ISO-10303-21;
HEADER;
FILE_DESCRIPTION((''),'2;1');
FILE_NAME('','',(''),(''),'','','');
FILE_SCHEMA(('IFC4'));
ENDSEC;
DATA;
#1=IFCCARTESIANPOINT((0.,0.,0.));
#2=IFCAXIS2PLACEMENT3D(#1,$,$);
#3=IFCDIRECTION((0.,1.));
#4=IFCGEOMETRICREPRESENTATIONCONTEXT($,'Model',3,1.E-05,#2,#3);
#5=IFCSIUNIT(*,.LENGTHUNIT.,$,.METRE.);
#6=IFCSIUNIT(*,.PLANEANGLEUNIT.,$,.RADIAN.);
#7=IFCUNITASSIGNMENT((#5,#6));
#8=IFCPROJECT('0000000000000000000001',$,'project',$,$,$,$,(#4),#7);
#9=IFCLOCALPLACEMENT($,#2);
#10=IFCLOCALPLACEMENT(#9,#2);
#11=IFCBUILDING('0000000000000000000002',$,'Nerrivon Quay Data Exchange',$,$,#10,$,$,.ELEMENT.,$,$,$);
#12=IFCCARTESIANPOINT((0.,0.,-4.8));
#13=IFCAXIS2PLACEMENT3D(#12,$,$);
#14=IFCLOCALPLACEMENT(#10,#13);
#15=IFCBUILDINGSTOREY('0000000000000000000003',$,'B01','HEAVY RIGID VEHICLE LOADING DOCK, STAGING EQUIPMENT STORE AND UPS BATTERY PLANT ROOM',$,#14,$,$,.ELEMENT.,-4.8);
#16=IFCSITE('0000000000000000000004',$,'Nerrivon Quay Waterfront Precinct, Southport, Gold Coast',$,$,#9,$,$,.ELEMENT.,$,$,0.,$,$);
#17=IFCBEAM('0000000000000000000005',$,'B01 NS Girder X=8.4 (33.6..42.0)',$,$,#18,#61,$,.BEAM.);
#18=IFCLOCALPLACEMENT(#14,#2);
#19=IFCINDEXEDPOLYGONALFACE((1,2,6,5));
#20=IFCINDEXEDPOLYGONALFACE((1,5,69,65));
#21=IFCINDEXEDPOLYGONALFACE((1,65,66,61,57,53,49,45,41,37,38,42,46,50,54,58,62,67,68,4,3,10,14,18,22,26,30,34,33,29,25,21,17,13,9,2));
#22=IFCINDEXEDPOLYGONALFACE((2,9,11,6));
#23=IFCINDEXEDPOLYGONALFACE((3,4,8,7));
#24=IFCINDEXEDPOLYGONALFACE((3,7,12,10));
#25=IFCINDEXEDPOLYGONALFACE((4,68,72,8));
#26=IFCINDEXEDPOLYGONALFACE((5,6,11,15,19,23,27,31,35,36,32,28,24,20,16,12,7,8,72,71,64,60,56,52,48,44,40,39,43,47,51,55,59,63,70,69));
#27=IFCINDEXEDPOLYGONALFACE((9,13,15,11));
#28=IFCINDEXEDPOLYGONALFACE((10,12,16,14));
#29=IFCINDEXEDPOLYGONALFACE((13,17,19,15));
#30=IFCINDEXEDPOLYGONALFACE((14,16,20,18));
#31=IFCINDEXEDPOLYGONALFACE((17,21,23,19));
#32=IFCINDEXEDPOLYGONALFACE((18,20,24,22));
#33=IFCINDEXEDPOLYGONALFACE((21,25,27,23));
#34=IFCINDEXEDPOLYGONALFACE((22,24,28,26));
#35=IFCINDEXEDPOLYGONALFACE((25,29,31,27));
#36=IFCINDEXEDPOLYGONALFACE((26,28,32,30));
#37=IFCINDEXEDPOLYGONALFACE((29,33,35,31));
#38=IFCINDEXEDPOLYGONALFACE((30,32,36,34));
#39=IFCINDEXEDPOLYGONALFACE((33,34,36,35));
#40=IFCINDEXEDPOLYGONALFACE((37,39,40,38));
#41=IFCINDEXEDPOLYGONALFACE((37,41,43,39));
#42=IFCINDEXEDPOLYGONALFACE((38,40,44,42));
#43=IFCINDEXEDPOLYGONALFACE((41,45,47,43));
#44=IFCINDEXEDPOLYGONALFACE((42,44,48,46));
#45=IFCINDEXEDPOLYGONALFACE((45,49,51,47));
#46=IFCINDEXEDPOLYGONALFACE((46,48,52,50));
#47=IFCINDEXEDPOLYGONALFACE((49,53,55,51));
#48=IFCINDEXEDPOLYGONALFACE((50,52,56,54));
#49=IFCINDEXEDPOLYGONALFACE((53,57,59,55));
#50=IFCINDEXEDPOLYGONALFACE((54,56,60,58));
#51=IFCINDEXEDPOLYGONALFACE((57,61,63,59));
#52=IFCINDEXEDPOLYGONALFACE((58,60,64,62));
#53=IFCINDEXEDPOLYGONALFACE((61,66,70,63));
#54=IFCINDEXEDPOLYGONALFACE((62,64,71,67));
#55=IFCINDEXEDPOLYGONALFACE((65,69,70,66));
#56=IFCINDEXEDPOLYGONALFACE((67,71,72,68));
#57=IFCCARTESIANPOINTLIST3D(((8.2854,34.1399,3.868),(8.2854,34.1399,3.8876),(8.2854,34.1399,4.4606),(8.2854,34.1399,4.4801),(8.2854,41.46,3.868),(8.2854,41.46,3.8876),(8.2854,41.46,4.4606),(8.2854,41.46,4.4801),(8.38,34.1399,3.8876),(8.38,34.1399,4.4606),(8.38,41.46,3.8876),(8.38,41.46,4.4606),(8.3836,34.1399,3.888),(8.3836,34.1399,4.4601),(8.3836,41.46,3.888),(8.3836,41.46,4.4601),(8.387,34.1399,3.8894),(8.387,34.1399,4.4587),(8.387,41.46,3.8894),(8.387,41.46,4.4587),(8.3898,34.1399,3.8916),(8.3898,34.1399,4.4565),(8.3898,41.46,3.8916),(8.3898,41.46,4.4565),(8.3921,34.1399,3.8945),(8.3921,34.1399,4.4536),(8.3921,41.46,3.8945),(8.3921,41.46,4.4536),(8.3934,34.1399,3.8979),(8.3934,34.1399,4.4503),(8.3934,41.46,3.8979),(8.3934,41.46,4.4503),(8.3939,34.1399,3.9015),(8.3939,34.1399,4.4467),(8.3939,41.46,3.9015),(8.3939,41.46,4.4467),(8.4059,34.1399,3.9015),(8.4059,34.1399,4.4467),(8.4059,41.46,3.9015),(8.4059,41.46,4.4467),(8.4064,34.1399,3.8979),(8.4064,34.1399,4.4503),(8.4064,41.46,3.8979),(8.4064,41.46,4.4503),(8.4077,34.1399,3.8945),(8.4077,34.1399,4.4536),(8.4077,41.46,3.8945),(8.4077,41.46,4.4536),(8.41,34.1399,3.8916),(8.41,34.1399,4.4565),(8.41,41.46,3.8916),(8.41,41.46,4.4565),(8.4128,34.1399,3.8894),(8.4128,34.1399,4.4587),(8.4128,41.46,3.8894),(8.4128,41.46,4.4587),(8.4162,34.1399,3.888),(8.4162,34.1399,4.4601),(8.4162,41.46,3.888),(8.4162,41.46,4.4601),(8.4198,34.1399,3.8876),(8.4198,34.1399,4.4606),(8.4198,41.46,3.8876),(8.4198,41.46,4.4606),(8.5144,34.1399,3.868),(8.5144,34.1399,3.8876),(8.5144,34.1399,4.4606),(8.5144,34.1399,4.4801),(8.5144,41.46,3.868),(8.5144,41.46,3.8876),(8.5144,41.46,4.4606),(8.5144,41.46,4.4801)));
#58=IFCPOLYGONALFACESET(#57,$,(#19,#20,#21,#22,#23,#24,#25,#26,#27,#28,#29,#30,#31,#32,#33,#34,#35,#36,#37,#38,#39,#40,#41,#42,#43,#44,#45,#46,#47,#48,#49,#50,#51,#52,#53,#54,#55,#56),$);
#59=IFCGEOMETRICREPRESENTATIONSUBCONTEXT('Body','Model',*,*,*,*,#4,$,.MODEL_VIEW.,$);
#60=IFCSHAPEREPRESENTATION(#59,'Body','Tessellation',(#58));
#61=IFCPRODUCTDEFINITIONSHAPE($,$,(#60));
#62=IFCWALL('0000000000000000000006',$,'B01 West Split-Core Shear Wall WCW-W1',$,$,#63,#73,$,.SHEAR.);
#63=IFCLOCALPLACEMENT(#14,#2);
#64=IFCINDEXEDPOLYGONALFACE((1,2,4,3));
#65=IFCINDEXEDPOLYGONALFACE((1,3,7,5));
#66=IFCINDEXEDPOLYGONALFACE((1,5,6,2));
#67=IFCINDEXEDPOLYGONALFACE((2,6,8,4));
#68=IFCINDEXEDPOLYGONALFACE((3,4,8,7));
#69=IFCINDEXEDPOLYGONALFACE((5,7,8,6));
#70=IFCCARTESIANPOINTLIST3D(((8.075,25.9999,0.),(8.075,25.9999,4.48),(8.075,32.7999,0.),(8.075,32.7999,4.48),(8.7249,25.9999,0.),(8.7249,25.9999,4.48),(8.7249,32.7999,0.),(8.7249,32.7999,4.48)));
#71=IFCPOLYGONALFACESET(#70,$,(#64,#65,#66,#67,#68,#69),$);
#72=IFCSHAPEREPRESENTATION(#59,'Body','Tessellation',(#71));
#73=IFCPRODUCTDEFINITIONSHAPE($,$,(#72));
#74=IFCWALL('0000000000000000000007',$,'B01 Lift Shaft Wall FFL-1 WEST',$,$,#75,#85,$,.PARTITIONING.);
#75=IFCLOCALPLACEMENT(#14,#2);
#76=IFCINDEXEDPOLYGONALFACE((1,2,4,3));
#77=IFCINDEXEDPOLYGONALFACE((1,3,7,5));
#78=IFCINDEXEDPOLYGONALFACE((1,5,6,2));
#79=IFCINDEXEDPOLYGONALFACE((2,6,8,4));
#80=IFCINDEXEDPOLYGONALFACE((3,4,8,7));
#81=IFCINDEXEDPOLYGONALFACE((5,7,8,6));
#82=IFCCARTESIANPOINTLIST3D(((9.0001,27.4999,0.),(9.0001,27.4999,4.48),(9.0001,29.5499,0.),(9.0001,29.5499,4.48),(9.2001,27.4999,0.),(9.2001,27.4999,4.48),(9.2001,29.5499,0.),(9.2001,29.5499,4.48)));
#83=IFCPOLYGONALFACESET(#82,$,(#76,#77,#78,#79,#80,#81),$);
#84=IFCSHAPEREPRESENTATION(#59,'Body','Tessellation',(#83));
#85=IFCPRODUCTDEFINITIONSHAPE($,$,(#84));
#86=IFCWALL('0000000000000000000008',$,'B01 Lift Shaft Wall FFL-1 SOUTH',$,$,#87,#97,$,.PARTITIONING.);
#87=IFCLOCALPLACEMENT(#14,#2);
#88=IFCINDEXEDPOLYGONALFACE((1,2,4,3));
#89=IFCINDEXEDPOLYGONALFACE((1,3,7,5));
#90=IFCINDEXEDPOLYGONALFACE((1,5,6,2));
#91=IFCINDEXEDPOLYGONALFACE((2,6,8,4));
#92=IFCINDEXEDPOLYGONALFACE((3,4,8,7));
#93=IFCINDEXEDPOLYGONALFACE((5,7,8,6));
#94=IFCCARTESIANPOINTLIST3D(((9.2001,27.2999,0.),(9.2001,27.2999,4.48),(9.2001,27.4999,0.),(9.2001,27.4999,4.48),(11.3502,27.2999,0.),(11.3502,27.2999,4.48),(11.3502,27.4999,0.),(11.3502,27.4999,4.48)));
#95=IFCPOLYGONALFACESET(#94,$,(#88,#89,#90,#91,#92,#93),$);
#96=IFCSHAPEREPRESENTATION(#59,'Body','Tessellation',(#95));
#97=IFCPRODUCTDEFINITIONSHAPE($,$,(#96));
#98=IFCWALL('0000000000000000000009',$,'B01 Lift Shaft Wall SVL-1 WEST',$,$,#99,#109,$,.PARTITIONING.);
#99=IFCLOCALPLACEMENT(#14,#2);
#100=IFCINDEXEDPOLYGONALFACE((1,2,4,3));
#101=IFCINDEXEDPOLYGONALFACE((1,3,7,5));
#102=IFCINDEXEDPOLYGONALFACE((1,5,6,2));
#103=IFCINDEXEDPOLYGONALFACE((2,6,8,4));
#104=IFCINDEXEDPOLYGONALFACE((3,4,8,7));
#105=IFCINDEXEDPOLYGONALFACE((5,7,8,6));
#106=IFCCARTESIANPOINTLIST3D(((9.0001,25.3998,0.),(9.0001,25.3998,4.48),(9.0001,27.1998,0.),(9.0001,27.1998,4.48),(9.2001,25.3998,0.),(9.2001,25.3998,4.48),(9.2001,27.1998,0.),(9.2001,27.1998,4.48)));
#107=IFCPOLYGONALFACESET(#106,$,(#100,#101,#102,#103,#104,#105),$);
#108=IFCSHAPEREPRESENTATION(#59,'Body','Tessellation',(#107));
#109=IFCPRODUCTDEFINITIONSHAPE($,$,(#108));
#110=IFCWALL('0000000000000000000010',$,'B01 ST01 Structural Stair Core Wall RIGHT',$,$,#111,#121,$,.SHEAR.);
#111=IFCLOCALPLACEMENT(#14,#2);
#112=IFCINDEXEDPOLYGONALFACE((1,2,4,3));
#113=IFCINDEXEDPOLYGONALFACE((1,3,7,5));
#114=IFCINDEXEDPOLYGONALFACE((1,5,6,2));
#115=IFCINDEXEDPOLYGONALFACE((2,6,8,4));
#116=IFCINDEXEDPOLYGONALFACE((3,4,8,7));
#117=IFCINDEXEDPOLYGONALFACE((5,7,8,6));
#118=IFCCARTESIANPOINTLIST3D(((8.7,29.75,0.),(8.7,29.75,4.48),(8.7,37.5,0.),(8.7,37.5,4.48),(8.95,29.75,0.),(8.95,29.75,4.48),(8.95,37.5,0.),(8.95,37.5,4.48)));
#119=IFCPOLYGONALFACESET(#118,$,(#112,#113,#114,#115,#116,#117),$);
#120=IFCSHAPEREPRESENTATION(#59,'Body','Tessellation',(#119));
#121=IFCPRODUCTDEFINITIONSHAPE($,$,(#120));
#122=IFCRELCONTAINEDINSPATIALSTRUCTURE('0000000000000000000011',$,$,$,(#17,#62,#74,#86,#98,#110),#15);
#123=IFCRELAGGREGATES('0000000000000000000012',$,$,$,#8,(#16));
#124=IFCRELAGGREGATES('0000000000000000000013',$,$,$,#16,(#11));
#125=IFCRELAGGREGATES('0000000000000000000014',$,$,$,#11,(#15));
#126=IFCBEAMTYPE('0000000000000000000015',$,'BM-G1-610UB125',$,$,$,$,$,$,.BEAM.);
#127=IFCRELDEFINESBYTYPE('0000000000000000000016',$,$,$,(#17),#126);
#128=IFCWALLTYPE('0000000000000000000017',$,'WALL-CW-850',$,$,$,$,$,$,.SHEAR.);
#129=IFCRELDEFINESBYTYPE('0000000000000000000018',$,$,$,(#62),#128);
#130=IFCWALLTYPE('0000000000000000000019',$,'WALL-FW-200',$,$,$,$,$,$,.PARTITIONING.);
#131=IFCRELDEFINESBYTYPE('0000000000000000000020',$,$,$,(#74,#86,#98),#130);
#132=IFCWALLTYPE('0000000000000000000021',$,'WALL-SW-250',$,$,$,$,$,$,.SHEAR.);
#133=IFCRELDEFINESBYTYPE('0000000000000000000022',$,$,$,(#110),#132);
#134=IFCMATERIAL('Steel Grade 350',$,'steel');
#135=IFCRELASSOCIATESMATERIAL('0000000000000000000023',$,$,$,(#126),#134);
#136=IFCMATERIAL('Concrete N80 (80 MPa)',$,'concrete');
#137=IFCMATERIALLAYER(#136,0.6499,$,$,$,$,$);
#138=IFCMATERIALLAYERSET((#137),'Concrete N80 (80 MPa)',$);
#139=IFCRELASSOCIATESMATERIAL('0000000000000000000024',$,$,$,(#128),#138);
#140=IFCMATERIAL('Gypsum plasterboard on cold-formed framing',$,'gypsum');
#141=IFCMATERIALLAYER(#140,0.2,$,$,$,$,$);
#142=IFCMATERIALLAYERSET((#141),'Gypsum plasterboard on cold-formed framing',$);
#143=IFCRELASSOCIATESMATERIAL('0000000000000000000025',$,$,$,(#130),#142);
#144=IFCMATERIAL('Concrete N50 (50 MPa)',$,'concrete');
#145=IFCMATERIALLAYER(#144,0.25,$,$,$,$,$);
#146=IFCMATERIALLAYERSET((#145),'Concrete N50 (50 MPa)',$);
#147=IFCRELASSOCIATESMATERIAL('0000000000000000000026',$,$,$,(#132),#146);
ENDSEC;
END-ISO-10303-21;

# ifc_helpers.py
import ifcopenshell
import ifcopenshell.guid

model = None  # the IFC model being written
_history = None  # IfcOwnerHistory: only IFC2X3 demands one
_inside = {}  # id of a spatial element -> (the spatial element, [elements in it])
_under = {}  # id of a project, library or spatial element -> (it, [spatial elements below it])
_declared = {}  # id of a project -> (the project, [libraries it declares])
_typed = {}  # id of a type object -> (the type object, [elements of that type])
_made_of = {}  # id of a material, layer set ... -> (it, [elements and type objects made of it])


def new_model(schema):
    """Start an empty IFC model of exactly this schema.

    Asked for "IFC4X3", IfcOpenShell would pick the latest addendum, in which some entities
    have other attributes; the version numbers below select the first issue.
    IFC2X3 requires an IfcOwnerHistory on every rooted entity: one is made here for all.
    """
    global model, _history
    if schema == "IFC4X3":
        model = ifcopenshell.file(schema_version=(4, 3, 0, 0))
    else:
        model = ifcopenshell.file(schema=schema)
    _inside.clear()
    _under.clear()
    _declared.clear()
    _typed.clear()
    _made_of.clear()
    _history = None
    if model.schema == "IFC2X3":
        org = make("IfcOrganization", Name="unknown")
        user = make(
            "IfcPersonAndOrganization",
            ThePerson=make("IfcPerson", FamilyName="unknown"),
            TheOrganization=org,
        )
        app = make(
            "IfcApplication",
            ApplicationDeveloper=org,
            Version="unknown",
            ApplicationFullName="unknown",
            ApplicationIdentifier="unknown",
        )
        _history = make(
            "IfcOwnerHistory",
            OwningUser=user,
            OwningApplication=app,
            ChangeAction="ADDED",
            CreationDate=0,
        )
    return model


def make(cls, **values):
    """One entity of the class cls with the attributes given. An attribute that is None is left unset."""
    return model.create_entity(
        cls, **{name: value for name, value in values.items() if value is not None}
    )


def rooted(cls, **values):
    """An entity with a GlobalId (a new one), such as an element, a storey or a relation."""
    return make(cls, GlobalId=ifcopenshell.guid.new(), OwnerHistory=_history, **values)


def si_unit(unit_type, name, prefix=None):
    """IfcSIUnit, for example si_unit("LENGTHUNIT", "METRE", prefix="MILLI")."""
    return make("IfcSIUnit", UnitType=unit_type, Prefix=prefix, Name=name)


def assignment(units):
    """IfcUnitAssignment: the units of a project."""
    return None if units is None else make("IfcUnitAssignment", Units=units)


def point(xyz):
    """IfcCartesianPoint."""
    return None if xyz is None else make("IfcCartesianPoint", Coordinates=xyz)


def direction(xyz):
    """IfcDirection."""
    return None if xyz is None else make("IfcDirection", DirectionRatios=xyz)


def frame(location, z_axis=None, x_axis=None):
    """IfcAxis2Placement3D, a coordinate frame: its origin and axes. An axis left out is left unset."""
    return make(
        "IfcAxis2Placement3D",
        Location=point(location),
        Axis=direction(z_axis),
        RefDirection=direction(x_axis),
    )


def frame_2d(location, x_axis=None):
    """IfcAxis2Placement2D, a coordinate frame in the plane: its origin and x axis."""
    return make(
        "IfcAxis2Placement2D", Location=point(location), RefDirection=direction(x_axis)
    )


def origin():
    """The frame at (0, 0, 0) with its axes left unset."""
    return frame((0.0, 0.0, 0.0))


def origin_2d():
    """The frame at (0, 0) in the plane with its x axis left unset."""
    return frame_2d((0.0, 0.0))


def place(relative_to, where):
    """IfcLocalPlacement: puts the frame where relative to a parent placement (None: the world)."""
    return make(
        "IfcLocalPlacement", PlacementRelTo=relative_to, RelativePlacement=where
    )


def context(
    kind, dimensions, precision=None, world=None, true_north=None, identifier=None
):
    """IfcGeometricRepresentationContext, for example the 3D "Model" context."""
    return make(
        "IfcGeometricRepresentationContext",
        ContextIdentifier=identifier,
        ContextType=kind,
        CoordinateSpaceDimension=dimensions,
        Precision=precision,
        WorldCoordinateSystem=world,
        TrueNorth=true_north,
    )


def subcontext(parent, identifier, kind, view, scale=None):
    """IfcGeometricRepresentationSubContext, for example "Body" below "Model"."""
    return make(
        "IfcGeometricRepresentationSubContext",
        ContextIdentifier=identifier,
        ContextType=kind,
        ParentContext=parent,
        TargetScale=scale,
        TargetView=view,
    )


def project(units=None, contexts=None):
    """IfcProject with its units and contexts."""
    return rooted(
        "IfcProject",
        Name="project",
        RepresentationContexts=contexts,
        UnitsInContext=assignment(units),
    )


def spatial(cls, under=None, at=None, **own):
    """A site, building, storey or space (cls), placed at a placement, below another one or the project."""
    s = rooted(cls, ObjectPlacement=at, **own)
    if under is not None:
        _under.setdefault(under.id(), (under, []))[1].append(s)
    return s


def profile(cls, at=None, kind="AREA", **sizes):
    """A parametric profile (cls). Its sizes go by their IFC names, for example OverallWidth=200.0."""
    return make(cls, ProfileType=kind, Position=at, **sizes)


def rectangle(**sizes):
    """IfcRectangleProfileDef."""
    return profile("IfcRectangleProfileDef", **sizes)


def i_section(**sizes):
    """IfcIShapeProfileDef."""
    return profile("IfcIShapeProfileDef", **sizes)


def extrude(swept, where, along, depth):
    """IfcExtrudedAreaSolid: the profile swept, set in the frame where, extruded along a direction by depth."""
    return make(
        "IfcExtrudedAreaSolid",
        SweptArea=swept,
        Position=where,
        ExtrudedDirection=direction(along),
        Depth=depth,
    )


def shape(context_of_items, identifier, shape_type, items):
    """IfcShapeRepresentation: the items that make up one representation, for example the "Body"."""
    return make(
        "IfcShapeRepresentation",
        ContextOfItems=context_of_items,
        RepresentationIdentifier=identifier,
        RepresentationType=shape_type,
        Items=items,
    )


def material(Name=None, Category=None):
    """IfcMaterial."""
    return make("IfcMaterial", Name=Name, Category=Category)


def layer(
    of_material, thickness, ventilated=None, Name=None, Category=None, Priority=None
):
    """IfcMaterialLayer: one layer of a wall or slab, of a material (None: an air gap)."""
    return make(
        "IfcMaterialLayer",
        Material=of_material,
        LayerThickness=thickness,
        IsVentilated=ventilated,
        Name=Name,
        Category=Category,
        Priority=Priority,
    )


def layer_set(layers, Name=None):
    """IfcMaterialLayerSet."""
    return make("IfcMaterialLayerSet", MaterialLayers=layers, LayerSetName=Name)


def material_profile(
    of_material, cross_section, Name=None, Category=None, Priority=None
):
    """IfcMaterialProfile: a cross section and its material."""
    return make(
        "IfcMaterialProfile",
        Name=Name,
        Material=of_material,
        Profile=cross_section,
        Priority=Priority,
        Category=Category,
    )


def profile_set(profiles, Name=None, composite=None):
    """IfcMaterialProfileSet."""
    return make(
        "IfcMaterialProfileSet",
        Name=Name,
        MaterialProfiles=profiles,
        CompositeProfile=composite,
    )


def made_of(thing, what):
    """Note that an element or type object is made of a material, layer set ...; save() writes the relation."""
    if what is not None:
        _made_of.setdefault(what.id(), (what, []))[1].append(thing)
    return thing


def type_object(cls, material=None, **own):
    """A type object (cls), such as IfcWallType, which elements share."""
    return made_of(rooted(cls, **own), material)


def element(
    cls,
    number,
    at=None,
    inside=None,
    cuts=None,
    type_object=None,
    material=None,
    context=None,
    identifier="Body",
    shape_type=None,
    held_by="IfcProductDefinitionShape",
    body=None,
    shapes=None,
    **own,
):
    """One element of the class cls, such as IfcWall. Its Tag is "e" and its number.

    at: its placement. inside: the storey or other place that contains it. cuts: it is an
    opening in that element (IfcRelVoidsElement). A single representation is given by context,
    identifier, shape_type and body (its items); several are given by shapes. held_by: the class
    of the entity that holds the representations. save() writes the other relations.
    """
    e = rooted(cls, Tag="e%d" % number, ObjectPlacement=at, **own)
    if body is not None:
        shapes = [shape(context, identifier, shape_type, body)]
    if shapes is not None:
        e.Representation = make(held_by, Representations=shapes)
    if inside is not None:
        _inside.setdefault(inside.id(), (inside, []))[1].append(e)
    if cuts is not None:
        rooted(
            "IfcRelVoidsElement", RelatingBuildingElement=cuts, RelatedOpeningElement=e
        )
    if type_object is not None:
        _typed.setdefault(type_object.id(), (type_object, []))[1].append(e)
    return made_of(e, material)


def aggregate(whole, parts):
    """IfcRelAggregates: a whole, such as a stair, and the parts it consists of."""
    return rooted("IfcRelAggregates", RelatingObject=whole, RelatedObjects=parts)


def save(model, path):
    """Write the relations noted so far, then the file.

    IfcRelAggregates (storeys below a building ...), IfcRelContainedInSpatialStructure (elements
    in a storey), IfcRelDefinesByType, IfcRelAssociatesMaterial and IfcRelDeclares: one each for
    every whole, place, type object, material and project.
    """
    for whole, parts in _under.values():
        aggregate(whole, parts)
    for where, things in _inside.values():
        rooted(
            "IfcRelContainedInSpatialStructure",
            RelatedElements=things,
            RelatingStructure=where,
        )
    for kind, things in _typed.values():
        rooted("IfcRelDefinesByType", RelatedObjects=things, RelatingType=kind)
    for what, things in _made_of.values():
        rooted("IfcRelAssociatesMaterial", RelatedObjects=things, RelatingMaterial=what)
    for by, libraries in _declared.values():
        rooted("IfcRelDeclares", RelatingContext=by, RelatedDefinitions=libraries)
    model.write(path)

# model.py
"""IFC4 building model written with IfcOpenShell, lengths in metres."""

from ifc_helpers import new_model, si_unit, direction, frame, frame_2d, origin, origin_2d, place, context, subcontext, project, spatial, rectangle, i_section, extrude, material, layer, layer_set, material_profile, profile_set, type_object, element, save


model = new_model("IFC4")

# Units and contexts
model_context = context("Model", 3, precision=1e-05, world=origin(), true_north=direction((0.0, 1.0)))
body_context = subcontext(model_context, "Body", "Model", "MODEL_VIEW")
ifc_project = project(units=[si_unit("LENGTHUNIT", "METRE"), si_unit("PLANEANGLEUNIT", "RADIAN")], contexts=[model_context])

# Site, building, storey
site_placement = place(None, origin())
site = spatial("IfcSite", under=ifc_project, at=site_placement, Name="Nerrivon Quay Waterfront Precinct, Southport, Gold Coast", CompositionType="ELEMENT", RefElevation=0.0)
building_placement = place(site_placement, origin())
building = spatial("IfcBuilding", under=site, at=building_placement, Name="Nerrivon Quay Data Exchange", CompositionType="ELEMENT")
storey_placement = place(building_placement, frame((0.0, 0.0, -4.8)))
storey = spatial("IfcBuildingStorey", under=building, at=storey_placement, Name="B01", Description="HEAVY RIGID VEHICLE LOADING DOCK, STAGING EQUIPMENT STORE AND UPS BATTERY PLANT ROOM", CompositionType="ELEMENT", Elevation=-4.8)

# Shared definitions
ifc_material_1 = material(Name="Concrete N80 (80 MPa)", Category="concrete")

# Beam
ifc_material_2 = material(Name="Steel Grade 350", Category="steel")
ifc_material_profile_1 = material_profile(ifc_material_2, i_section(OverallWidth=0.229, OverallDepth=0.6121, WebThickness=0.012, FlangeThickness=0.0195, FilletRadius=0.0139, at=origin_2d()), Name="610UB125")
ifc_profile_set_1 = profile_set([ifc_material_profile_1], Name="Steel Grade 350")
beam_type = type_object("IfcBeamType", Name="BM-G1-610UB125", PredefinedType="BEAM", material=ifc_profile_set_1)
for number, where, z_axis, x_axis, name in (
    (1, (8.3999, 34.1399, 4.1741), (0.0, 1.0, 0.0), (-1.0, 0.0, 0.0), "B01 NS Girder X=8.4 (33.6..42.0)"),
):
    element("IfcBeam", number, at=place(storey_placement, frame(where, z_axis=z_axis, x_axis=x_axis)), inside=storey, type_object=beam_type, Name=name, PredefinedType="BEAM", context=body_context, shape_type="SweptSolid", body=[
        extrude(i_section(OverallWidth=0.229, OverallDepth=0.6121, WebThickness=0.012, FlangeThickness=0.0195, FilletRadius=0.0139, at=origin_2d()), origin(), (0.0, 0.0, 1.0), 7.3201),
    ])

# Wall
ifc_layer_1 = layer(ifc_material_1, 0.6499)
ifc_layer_set_1 = layer_set([ifc_layer_1], Name="Concrete N80 (80 MPa)")
wall_type_1 = type_object("IfcWallType", Name="WALL-CW-850", PredefinedType="SHEAR", material=ifc_layer_set_1)
wall_1_placement = place(storey_placement, frame((8.3999, 26.0, 0.0), z_axis=(0.0, 0.0, 1.0), x_axis=(0.0, 1.0, 0.0)))
element("IfcWall", 2, at=wall_1_placement, inside=storey, type_object=wall_type_1, Name="B01 West Split-Core Shear Wall WCW-W1", PredefinedType="SHEAR", context=body_context, shape_type="SweptSolid", body=[
    extrude(rectangle(XDim=6.8, YDim=0.6499, at=frame_2d((3.3999, 0.0))), origin(), (0.0, 0.0, 1.0), 4.48),
])

# Walls
ifc_material_3 = material(Name="Gypsum plasterboard on cold-formed framing", Category="gypsum")
ifc_layer_2 = layer(ifc_material_3, 0.2)
ifc_layer_set_2 = layer_set([ifc_layer_2], Name="Gypsum plasterboard on cold-formed framing")
wall_type_2 = type_object("IfcWallType", Name="WALL-FW-200", PredefinedType="PARTITIONING", material=ifc_layer_set_2)
wall_2_placement = place(storey_placement, frame((9.1001, 27.5, 0.0), z_axis=(0.0, 0.0, 1.0), x_axis=(0.0, 1.0, 0.0)))
element("IfcWall", 3, at=wall_2_placement, inside=storey, type_object=wall_type_2, Name="B01 Lift Shaft Wall FFL-1 WEST", PredefinedType="PARTITIONING", context=body_context, shape_type="SweptSolid", body=[
    extrude(rectangle(XDim=2.05, YDim=0.2, at=frame_2d((1.0249, 0.0))), origin(), (0.0, 0.0, 1.0), 4.48),
])
wall_3_placement = place(storey_placement, frame((9.2, 27.3999, 0.0), z_axis=(0.0, 0.0, 1.0), x_axis=(1.0, 0.0, 0.0)))
element("IfcWall", 4, at=wall_3_placement, inside=storey, type_object=wall_type_2, Name="B01 Lift Shaft Wall FFL-1 SOUTH", PredefinedType="PARTITIONING", context=body_context, shape_type="SweptSolid", body=[
    extrude(rectangle(XDim=2.1501, YDim=0.2, at=frame_2d((1.0752, 0.0))), origin(), (0.0, 0.0, 1.0), 4.48),
])
wall_4_placement = place(storey_placement, frame((9.1001, 25.3999, 0.0), z_axis=(0.0, 0.0, 1.0), x_axis=(0.0, 1.0, 0.0)))
element("IfcWall", 5, at=wall_4_placement, inside=storey, type_object=wall_type_2, Name="B01 Lift Shaft Wall SVL-1 WEST", PredefinedType="PARTITIONING", context=body_context, shape_type="SweptSolid", body=[
    extrude(rectangle(XDim=1.8, YDim=0.2, at=frame_2d((0.8999, 0.0))), origin(), (0.0, 0.0, 1.0), 4.48),
])
ifc_material_4 = material(Name="Concrete N50 (50 MPa)", Category="concrete")
ifc_layer_3 = layer(ifc_material_4, 0.25)
ifc_layer_set_3 = layer_set([ifc_layer_3], Name="Concrete N50 (50 MPa)")
wall_type_3 = type_object("IfcWallType", Name="WALL-SW-250", PredefinedType="SHEAR", material=ifc_layer_set_3)
wall_5_placement = place(storey_placement, frame((8.825, 29.75, 0.0), z_axis=(0.0, 0.0, 1.0), x_axis=(0.0, 1.0, 0.0)))
element("IfcWall", 6, at=wall_5_placement, inside=storey, type_object=wall_type_3, Name="B01 ST01 Structural Stair Core Wall RIGHT", PredefinedType="SHEAR", context=body_context, shape_type="SweptSolid", body=[
    extrude(rectangle(XDim=7.75, YDim=0.25, at=frame_2d((3.875, 0.0))), origin(), (0.0, 0.0, 1.0), 4.48),
])

save(model, "model.ifc")
